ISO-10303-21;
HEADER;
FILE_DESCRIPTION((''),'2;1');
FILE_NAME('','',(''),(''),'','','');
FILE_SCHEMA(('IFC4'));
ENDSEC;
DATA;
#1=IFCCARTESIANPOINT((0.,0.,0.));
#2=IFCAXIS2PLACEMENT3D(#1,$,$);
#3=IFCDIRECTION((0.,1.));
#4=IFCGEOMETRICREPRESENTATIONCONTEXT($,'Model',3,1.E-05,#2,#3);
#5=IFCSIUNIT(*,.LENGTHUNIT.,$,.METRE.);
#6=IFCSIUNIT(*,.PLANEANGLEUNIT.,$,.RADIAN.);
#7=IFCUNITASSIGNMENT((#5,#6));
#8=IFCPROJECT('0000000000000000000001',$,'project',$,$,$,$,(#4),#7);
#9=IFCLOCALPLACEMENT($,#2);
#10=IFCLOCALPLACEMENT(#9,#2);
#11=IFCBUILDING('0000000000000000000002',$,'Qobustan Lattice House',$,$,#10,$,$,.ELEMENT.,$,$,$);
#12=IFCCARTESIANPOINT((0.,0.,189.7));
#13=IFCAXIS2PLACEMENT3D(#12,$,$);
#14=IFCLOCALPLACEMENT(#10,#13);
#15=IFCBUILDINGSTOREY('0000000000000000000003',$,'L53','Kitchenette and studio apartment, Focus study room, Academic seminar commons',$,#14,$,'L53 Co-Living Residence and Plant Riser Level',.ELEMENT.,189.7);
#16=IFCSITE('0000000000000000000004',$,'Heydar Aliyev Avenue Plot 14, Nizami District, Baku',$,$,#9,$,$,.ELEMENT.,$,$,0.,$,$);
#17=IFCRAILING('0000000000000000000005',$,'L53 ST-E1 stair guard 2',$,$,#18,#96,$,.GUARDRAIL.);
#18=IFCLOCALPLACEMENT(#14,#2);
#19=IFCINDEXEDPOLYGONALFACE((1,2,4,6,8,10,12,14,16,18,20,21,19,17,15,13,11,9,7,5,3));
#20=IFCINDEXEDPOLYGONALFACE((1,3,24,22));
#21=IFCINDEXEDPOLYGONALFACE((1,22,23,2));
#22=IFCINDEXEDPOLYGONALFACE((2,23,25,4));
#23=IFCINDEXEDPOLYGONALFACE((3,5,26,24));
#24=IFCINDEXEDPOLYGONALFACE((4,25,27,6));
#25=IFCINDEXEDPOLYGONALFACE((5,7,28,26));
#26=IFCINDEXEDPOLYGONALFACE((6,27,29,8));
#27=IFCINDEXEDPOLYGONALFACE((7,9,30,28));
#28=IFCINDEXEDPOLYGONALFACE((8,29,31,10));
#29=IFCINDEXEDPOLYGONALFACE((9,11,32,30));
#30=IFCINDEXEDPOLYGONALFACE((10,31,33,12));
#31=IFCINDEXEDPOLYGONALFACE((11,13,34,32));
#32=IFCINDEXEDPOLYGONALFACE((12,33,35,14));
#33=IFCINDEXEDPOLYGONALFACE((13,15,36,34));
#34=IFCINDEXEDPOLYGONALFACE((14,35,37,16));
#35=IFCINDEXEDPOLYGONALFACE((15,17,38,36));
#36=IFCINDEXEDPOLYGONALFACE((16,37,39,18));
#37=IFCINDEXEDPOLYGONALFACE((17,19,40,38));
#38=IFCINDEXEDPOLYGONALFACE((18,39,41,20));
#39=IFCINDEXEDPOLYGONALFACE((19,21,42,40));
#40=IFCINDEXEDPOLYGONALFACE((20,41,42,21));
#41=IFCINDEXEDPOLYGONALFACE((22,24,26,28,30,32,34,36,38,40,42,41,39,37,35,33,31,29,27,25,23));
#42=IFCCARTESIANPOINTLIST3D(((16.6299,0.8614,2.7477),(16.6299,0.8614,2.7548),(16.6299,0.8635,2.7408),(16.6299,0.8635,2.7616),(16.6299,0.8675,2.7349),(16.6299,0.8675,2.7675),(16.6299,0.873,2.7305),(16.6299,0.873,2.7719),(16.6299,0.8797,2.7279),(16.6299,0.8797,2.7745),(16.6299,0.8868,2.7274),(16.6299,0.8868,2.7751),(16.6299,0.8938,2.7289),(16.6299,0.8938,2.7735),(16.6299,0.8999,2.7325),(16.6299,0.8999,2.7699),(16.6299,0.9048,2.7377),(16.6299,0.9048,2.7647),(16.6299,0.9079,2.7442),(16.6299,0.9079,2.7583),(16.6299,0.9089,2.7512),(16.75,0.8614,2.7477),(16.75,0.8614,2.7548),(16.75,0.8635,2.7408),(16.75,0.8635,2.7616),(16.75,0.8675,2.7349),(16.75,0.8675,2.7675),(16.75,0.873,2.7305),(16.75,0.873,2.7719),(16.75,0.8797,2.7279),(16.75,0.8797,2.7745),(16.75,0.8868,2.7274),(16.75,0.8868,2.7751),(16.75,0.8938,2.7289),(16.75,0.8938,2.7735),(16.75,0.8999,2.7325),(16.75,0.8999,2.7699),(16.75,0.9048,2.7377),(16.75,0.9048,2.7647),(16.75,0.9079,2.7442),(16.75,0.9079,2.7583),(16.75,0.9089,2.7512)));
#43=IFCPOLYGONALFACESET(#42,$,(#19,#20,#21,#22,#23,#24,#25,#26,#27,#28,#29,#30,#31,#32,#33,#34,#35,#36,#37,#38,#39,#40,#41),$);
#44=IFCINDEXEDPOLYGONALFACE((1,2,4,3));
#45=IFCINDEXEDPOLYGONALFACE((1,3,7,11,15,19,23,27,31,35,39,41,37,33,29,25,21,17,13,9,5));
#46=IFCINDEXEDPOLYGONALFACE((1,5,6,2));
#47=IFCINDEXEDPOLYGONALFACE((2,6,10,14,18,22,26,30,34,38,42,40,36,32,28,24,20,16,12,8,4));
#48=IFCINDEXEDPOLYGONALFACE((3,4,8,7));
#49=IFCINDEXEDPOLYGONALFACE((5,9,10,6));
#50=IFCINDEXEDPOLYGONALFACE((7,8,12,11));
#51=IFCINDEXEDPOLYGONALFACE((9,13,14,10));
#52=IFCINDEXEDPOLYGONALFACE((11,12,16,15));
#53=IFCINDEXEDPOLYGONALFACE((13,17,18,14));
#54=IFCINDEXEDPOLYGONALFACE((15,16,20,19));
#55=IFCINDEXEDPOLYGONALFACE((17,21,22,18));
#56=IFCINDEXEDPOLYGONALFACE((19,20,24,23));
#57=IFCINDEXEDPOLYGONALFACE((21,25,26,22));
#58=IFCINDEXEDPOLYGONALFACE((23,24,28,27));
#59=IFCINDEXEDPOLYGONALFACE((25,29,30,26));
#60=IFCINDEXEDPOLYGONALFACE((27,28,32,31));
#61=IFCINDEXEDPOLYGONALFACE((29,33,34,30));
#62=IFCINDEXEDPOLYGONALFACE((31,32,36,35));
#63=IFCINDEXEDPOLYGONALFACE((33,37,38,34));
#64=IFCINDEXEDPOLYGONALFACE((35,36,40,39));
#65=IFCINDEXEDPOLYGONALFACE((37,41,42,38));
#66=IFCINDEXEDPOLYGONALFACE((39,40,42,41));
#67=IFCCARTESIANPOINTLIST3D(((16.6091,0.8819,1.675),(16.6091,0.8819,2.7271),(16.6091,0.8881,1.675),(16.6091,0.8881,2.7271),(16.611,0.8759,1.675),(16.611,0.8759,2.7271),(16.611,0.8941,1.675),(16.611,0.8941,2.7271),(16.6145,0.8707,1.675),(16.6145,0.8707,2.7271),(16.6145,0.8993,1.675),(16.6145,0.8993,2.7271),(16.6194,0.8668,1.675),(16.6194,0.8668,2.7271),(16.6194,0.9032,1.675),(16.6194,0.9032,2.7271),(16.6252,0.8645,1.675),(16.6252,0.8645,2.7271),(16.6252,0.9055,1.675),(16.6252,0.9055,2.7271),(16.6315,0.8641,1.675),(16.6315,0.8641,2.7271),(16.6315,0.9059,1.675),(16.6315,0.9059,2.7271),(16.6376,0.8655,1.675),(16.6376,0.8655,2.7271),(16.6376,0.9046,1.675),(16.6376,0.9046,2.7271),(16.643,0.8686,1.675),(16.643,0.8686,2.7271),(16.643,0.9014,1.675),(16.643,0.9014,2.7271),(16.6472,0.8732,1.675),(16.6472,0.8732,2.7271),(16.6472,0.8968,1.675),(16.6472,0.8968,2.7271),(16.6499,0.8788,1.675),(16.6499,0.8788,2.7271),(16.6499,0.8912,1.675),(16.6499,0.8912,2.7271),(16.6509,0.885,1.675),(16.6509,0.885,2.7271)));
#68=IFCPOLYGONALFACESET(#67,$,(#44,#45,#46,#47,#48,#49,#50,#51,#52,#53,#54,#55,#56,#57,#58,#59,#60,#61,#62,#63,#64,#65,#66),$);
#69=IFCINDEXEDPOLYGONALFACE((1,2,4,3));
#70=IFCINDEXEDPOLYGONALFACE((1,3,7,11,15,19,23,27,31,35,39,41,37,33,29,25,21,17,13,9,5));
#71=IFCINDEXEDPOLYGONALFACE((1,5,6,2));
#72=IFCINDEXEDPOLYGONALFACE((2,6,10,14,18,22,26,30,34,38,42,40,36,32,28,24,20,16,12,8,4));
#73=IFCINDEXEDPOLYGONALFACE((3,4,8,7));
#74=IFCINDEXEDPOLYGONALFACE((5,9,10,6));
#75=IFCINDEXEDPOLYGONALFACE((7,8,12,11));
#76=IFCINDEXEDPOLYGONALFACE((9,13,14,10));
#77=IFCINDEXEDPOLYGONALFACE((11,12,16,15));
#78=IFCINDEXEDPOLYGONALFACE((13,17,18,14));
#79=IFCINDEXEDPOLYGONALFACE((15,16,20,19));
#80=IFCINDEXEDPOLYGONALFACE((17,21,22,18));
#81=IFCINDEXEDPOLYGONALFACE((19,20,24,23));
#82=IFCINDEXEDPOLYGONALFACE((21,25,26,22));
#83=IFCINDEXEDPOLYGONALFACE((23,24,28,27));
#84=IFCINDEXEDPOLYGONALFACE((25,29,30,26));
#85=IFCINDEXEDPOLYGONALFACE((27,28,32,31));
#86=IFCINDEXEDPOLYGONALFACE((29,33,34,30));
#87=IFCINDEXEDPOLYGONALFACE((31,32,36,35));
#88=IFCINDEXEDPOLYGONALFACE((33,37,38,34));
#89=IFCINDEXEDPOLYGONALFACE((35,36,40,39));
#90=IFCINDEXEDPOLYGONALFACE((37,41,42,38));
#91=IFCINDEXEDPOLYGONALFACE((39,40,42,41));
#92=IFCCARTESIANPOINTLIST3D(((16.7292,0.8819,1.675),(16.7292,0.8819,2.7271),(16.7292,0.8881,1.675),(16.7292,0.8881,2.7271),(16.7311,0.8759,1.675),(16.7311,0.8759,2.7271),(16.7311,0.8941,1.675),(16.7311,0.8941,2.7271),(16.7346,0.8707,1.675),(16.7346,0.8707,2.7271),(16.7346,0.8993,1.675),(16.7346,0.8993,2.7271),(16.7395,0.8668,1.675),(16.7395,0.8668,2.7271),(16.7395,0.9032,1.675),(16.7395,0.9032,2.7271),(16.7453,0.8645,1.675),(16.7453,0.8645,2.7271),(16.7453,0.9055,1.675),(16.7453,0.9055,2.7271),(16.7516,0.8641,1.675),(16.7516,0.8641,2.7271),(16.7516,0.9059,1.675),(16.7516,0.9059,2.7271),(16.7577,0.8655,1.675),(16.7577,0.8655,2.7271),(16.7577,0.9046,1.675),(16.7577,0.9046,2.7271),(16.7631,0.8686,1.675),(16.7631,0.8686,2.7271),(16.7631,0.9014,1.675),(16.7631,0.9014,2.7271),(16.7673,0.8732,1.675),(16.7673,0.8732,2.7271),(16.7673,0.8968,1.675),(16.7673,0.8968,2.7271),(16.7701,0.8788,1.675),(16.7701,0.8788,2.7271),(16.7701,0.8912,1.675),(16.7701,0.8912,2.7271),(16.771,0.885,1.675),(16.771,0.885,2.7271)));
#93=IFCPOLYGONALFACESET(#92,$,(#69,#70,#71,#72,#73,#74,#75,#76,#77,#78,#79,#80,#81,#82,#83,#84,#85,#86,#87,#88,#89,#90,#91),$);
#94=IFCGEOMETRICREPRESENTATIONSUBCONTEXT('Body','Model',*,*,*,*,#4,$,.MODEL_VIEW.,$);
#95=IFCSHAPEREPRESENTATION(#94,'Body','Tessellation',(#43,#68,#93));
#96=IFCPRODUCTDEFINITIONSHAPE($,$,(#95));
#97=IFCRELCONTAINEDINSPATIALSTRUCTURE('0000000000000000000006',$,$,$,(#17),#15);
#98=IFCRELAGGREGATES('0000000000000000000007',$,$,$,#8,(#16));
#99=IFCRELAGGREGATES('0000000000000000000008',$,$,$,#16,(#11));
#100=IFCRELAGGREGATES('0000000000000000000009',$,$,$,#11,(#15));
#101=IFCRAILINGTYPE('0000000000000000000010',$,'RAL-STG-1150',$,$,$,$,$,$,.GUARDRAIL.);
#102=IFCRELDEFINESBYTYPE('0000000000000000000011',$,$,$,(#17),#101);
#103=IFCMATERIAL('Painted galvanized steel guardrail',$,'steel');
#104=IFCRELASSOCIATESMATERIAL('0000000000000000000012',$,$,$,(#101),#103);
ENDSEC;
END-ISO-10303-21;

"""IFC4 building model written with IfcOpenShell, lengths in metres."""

from ifc_helpers import new_model, si_unit, direction, frame, origin, origin_2d, place, context, subcontext, project, spatial, circle, extrude, material, type_object, element, save


model = new_model("IFC4")

# Units and contexts
model_context = context("Model", 3, precision=1e-05, world=origin(), true_north=direction((0.0, 1.0)))
body_context = subcontext(model_context, "Body", "Model", "MODEL_VIEW")
ifc_project = project(units=[si_unit("LENGTHUNIT", "METRE"), si_unit("PLANEANGLEUNIT", "RADIAN")], contexts=[model_context])

# Site, building, storey
site_placement = place(None, origin())
site = spatial("IfcSite", under=ifc_project, at=site_placement, Name="Heydar Aliyev Avenue Plot 14, Nizami District, Baku", CompositionType="ELEMENT", RefElevation=0.0)
building_placement = place(site_placement, origin())
building = spatial("IfcBuilding", under=site, at=building_placement, Name="Qobustan Lattice House", CompositionType="ELEMENT")
storey_placement = place(building_placement, frame((0.0, 0.0, 189.7)))
storey = spatial("IfcBuildingStorey", under=building, at=storey_placement, Name="L53", Description="Kitchenette and studio apartment, Focus study room, Academic seminar commons", LongName="L53 Co-Living Residence and Plant Riser Level", CompositionType="ELEMENT", Elevation=189.7)

# Railing
ifc_material_1 = material(Name="Painted galvanized steel guardrail", Category="steel")
railing_type_1 = type_object("IfcRailingType", Name="RAL-STG-1150", PredefinedType="GUARDRAIL", material=ifc_material_1)
railing_1_placement = place(storey_placement, frame((16.6299, 0.885, 1.675)))
element("IfcRailing", 1, at=railing_1_placement, inside=storey, type_object=railing_type_1, Name="L53 ST-E1 stair guard 2", PredefinedType="GUARDRAIL", context=body_context, shape_type="SweptSolid", body=[
    extrude(circle(Radius=0.0239, at=origin_2d()), frame((0.0, 0.0, 1.0762), z_axis=(1.0, 0.0, 0.0), x_axis=(0.0, 1.0, 0.0)), (0.0, 0.0, 1.0), 0.1201),
    extrude(circle(Radius=0.021, at=origin_2d()), origin(), (0.0, 0.0, 1.0), 1.052),
    extrude(circle(Radius=0.021, at=origin_2d()), frame((0.1201, 0.0, 0.0)), (0.0, 0.0, 1.0), 1.052),
])

save(model, "model.ifc")
